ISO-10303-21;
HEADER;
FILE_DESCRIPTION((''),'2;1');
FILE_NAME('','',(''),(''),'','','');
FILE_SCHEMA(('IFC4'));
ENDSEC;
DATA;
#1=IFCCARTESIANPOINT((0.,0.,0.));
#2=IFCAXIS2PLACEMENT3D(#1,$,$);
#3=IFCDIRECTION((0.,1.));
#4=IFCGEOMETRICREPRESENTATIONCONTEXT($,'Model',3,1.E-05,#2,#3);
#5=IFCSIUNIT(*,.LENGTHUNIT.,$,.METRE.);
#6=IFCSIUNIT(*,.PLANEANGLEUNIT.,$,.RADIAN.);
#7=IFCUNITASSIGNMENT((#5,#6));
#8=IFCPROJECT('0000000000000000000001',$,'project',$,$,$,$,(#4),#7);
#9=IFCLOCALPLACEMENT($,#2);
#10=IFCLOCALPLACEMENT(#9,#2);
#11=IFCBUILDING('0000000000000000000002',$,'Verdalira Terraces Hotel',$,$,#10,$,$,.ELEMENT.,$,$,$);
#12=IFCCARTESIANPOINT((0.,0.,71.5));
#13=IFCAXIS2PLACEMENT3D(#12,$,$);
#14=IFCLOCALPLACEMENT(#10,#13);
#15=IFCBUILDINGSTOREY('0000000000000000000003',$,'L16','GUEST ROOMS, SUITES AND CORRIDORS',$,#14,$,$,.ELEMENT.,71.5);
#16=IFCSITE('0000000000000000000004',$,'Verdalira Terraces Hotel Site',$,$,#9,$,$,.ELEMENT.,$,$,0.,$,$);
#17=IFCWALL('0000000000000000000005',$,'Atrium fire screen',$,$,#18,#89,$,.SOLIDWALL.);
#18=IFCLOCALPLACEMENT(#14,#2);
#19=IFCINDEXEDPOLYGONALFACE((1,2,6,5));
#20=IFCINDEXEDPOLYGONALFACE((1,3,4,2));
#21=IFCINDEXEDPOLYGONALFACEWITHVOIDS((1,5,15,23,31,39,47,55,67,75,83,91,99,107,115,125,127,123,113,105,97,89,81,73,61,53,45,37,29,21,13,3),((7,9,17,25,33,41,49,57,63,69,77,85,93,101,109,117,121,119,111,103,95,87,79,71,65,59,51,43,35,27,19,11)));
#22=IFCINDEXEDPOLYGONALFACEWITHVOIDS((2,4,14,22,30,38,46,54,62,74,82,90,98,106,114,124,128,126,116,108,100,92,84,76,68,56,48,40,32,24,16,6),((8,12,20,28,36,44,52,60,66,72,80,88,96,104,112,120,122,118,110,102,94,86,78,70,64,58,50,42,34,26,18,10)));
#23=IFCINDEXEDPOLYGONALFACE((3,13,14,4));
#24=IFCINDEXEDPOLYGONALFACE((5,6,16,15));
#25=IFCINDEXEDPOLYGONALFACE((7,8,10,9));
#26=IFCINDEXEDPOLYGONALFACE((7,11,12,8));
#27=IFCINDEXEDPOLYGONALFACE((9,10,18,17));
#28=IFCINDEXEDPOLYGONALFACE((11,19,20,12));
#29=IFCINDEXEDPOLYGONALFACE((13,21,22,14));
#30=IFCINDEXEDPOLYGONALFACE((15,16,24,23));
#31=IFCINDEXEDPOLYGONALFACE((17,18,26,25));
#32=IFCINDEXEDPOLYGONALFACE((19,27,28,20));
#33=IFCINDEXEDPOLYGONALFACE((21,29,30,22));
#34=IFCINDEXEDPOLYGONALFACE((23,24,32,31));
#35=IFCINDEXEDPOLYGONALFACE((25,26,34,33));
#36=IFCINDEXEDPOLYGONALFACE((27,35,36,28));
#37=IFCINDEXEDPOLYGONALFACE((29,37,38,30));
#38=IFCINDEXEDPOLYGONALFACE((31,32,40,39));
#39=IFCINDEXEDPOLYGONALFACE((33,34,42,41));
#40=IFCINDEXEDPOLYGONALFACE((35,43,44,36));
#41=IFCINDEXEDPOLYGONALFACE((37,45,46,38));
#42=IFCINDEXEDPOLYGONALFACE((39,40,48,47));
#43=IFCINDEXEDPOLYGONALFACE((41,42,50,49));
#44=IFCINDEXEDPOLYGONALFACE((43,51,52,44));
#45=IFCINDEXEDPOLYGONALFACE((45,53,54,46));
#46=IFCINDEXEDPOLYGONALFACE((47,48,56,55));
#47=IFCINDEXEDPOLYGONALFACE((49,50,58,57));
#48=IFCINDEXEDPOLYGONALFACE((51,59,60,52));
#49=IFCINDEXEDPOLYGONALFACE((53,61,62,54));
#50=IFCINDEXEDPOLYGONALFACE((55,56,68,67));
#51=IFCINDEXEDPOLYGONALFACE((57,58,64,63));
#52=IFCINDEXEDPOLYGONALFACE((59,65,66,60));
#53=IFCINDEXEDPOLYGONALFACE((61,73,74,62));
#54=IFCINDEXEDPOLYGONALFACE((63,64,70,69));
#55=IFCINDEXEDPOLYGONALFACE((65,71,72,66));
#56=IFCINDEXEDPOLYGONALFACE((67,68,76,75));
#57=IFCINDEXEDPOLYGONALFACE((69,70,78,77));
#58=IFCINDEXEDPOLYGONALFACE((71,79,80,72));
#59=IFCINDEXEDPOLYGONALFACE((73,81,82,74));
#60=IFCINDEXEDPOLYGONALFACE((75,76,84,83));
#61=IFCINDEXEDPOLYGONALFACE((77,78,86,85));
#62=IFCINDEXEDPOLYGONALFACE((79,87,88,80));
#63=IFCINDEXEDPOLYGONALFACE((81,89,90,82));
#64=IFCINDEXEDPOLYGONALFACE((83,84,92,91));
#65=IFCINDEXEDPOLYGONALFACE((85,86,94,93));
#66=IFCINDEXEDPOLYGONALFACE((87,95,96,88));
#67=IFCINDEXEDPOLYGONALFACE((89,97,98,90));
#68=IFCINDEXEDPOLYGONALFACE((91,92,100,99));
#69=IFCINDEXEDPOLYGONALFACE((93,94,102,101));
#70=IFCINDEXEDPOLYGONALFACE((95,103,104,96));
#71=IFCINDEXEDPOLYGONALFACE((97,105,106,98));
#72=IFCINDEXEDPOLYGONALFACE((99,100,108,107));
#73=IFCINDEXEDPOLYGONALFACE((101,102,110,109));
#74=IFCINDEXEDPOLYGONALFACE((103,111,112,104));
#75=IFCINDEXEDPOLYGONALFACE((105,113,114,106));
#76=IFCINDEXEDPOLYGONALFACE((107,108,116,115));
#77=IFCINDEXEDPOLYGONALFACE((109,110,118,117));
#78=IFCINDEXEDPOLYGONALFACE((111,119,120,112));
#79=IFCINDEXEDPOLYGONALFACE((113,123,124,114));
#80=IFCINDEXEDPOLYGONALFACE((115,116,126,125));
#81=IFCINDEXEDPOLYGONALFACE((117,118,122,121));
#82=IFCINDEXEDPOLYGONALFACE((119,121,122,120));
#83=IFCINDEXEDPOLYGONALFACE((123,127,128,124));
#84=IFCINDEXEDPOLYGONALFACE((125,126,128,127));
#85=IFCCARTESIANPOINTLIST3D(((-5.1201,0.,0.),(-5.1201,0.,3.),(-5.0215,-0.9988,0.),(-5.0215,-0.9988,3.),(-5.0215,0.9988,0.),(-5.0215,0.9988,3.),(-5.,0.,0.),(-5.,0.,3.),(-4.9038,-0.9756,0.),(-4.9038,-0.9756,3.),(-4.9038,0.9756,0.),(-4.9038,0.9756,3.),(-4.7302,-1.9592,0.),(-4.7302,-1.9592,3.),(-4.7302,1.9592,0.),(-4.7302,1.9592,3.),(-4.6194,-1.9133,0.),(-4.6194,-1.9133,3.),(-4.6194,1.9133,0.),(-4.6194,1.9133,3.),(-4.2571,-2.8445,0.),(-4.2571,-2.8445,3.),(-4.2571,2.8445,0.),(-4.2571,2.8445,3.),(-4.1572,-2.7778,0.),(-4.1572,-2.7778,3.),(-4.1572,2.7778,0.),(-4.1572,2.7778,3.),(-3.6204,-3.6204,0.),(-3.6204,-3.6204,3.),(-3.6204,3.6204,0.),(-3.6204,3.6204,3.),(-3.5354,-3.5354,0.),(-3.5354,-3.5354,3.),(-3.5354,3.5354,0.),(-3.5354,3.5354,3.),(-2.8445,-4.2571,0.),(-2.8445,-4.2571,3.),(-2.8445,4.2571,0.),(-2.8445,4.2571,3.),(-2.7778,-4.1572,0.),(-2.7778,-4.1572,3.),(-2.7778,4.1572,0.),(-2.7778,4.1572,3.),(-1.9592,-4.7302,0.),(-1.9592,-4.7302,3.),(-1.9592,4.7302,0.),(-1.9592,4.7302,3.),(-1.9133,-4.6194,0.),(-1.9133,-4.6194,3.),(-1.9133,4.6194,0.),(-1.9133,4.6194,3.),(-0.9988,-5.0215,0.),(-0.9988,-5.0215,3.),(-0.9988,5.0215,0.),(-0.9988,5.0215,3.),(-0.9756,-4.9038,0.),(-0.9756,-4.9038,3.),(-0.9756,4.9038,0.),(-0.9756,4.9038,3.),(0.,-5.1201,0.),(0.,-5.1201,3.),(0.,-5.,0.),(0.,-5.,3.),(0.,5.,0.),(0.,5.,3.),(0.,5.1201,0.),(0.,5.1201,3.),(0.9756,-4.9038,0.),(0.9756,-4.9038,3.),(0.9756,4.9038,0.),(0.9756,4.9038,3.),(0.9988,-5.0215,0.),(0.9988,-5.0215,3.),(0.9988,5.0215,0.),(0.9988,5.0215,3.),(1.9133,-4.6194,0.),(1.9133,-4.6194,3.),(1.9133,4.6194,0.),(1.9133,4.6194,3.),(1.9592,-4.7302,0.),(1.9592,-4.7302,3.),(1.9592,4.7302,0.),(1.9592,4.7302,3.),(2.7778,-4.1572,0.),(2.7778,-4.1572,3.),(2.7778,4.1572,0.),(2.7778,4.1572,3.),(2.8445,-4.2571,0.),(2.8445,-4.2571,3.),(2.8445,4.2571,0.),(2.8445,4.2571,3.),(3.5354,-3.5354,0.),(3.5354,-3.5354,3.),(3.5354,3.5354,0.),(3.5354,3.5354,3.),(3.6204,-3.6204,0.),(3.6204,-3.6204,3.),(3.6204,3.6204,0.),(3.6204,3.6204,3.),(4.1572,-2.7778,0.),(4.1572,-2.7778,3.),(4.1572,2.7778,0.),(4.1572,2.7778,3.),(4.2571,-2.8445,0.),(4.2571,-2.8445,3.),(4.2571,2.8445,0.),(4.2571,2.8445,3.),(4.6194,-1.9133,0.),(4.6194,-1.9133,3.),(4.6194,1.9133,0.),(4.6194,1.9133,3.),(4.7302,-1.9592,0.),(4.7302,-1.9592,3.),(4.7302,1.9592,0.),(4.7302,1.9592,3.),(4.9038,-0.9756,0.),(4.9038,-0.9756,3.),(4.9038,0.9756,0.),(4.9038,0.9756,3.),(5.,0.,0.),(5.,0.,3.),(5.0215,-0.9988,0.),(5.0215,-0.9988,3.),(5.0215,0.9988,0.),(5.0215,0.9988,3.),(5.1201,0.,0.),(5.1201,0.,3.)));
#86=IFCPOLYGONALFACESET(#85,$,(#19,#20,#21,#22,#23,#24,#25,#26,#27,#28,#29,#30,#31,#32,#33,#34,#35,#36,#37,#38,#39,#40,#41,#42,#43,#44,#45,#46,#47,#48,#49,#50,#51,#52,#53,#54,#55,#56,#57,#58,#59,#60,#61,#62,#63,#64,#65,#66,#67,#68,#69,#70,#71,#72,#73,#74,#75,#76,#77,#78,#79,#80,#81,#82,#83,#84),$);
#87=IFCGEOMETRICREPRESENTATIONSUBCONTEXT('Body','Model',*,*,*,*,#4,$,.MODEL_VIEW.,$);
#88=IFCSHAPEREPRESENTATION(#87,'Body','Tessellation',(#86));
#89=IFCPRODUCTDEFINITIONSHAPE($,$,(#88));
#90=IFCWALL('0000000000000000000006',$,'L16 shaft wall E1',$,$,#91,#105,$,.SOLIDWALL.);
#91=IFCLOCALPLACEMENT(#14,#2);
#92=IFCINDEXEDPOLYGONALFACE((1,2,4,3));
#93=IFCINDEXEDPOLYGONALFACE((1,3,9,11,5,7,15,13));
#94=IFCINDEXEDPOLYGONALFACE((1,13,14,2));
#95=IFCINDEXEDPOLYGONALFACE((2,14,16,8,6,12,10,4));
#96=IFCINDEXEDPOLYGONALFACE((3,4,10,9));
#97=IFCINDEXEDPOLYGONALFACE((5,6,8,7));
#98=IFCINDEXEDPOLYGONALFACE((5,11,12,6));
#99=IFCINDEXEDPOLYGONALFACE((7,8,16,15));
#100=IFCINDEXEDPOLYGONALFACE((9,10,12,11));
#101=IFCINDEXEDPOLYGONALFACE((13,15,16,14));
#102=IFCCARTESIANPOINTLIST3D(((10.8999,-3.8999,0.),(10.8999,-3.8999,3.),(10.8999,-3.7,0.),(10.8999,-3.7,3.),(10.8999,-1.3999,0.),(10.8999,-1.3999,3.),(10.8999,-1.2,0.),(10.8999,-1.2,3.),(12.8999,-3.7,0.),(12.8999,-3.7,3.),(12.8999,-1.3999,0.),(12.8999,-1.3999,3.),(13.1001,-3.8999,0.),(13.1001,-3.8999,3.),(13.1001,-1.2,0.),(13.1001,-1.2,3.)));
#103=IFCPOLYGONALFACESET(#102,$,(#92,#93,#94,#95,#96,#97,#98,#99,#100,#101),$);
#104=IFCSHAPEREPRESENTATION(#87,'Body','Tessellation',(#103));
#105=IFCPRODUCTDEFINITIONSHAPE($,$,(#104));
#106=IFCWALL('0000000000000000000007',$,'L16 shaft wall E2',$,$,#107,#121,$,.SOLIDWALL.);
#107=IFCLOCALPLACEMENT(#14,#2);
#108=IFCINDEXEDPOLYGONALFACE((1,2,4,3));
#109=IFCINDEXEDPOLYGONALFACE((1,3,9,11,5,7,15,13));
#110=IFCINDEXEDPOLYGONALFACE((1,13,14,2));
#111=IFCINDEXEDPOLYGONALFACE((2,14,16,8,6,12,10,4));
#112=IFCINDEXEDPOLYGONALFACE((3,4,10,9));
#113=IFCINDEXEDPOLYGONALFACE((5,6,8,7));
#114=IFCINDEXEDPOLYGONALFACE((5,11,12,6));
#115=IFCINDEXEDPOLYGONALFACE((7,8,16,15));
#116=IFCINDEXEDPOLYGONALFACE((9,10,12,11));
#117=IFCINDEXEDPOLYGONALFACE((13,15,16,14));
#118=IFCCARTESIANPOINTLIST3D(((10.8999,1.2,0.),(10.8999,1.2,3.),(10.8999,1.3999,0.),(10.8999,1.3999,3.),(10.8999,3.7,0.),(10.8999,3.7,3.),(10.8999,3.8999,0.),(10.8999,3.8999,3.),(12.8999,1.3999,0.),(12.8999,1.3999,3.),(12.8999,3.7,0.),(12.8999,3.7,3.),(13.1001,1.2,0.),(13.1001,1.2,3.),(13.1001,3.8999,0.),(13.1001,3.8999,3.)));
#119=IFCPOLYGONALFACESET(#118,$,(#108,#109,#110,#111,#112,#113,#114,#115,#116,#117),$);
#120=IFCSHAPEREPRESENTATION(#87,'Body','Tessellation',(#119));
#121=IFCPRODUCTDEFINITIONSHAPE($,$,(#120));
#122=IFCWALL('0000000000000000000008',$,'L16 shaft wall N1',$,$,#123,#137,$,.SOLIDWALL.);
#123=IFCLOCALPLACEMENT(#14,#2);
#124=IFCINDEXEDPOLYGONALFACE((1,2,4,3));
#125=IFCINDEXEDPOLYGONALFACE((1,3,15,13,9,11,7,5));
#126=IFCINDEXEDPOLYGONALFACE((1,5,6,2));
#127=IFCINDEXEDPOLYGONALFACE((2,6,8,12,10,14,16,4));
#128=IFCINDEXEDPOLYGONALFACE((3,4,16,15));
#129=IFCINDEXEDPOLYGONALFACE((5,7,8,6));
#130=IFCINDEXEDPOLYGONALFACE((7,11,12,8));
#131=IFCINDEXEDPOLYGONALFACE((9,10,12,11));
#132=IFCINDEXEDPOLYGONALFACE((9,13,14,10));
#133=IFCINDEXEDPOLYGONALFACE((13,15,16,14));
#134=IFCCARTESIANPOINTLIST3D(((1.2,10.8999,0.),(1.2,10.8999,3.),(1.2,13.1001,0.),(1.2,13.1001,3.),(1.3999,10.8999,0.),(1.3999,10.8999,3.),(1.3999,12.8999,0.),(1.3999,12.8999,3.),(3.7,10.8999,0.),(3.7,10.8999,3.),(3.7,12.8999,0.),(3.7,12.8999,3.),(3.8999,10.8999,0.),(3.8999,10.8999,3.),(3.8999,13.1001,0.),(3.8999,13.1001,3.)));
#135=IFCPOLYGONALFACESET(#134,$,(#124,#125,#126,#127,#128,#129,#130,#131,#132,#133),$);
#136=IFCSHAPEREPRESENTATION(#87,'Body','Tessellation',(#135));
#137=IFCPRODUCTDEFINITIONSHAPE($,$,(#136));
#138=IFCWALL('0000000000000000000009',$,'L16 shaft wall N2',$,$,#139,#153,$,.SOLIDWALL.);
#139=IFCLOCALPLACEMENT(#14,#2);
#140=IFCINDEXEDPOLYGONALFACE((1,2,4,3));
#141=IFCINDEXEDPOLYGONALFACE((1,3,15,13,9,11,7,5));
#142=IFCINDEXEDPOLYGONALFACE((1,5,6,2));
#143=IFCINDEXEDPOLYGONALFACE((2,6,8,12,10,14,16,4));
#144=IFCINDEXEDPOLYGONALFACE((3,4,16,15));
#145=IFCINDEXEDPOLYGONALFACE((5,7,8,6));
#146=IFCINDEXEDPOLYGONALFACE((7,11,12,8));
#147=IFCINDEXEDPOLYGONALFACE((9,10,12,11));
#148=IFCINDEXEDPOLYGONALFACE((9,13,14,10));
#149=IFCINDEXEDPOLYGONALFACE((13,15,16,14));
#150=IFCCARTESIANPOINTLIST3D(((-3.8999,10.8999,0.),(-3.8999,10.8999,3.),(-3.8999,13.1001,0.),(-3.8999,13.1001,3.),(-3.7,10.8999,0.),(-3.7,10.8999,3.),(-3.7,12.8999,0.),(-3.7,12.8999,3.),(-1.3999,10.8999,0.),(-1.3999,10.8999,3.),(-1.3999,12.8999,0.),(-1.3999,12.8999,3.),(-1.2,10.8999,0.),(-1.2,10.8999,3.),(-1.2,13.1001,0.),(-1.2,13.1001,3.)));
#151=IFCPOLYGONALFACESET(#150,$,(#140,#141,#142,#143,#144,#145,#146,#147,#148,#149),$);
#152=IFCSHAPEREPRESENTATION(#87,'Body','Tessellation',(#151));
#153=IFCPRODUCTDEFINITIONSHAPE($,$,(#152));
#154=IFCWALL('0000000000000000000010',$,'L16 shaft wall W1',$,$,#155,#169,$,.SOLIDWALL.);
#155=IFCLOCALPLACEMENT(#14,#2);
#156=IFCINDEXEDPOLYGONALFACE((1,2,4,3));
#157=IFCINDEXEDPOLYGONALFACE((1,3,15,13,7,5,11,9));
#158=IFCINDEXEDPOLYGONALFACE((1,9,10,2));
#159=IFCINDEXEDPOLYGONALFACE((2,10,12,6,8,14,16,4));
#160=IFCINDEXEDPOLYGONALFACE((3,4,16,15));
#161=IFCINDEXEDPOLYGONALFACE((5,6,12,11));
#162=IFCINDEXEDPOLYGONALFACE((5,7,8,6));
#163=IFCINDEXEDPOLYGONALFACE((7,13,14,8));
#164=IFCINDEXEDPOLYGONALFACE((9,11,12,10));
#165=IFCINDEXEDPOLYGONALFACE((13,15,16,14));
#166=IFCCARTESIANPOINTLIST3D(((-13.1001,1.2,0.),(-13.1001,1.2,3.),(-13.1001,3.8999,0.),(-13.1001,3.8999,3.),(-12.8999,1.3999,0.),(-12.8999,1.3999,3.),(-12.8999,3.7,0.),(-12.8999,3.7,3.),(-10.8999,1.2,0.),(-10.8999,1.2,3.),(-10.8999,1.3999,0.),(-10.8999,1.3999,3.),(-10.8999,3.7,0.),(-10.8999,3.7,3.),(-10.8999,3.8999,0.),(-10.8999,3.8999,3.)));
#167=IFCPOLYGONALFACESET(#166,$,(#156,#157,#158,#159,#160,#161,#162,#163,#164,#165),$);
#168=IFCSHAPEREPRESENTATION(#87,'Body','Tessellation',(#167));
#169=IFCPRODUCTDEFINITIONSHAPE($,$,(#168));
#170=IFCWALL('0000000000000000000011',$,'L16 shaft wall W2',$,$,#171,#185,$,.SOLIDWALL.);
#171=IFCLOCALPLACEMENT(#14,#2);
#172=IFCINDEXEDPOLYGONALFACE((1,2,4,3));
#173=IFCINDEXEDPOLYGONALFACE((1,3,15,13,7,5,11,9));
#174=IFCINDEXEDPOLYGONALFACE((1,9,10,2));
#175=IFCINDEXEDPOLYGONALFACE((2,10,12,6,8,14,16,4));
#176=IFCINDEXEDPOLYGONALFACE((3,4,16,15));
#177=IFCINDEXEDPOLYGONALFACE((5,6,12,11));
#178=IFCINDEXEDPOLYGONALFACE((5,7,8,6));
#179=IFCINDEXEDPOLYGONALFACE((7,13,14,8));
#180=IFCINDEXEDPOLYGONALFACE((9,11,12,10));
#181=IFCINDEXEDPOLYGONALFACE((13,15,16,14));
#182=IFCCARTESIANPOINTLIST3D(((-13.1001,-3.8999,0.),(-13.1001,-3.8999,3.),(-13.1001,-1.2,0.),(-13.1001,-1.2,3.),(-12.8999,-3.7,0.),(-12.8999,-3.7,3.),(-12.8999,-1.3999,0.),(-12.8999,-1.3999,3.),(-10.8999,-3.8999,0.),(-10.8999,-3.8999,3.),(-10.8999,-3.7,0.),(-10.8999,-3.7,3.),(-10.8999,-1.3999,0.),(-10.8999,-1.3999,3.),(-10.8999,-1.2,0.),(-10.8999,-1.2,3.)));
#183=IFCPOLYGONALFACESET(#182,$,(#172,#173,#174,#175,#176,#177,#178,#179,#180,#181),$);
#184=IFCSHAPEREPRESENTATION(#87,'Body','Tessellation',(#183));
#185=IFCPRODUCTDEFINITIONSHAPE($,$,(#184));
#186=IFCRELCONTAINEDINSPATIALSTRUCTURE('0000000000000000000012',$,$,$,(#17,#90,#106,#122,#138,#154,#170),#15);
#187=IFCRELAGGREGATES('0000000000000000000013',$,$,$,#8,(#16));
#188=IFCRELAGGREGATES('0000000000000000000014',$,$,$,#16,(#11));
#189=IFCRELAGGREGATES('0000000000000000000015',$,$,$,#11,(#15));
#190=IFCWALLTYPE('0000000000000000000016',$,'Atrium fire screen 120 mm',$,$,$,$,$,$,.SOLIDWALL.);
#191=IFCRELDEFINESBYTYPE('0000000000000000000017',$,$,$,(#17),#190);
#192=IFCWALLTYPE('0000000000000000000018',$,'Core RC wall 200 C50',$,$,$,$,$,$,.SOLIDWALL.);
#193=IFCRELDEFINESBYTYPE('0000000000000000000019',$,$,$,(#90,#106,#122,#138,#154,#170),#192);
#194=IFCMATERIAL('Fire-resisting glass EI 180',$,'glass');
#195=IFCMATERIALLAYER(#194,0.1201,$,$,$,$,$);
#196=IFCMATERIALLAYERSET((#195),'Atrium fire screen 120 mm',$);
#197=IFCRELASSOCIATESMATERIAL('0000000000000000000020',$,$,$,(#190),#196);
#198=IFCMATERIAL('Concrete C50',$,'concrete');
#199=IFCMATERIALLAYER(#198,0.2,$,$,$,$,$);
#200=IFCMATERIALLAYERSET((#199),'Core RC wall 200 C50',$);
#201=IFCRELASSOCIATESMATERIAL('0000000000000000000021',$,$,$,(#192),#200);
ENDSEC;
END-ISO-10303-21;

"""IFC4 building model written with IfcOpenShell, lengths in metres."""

from ifc_helpers import new_model, si_unit, direction, frame, origin, place, context, subcontext, project, spatial, polyline, outline, extrude, material, layer, layer_set, type_object, element, save


model = new_model("IFC4")

# Units and contexts
model_context = context("Model", 3, precision=1e-05, world=origin(), true_north=direction((0.0, 1.0)))
body_context = subcontext(model_context, "Body", "Model", "MODEL_VIEW")
ifc_project = project(units=[si_unit("LENGTHUNIT", "METRE"), si_unit("PLANEANGLEUNIT", "RADIAN")], contexts=[model_context])

# Site, building, storey
site_placement = place(None, origin())
site = spatial("IfcSite", under=ifc_project, at=site_placement, Name="Verdalira Terraces Hotel Site", CompositionType="ELEMENT", RefElevation=0.0)
building_placement = place(site_placement, origin())
building = spatial("IfcBuilding", under=site, at=building_placement, Name="Verdalira Terraces Hotel", CompositionType="ELEMENT")
storey_placement = place(building_placement, frame((0.0, 0.0, 71.5)))
storey = spatial("IfcBuildingStorey", under=building, at=storey_placement, Name="L16", Description="GUEST ROOMS, SUITES AND CORRIDORS", CompositionType="ELEMENT", Elevation=71.5)

# Walls
ifc_material_1 = material(Name="Fire-resisting glass EI 180", Category="glass")
ifc_layer_1 = layer(ifc_material_1, 0.1201)
ifc_layer_set_1 = layer_set([ifc_layer_1], Name="Atrium fire screen 120 mm")
wall_type_1 = type_object("IfcWallType", Name="Atrium fire screen 120 mm", PredefinedType="SOLIDWALL", material=ifc_layer_set_1)
wall_1_placement = place(storey_placement, origin())
element("IfcWall", 1, at=wall_1_placement, inside=storey, type_object=wall_type_1, Name="Atrium fire screen", PredefinedType="SOLIDWALL", context=body_context, shape_type="SweptSolid", body=[
    extrude(outline(polyline([(5.0215, -0.9988), (4.7302, -1.9592), (4.2571, -2.8445), (3.6204, -3.6204), (2.8445, -4.2571), (1.9592, -4.7302), (0.9988, -5.0215), (0.0, -5.1201), (-0.9988, -5.0215), (-1.9592, -4.7302), (-2.8445, -4.2571), (-3.6204, -3.6204), (-4.2571, -2.8445), (-4.7302, -1.9592), (-5.0215, -0.9988), (-5.1201, 0.0), (-5.0215, 0.9988), (-4.7302, 1.9592), (-4.2571, 2.8445), (-3.6204, 3.6204), (-2.8445, 4.2571), (-1.9592, 4.7302), (-0.9988, 5.0215), (0.0, 5.1201), (0.9988, 5.0215), (1.9592, 4.7302), (2.8445, 4.2571), (3.6204, 3.6204), (4.2571, 2.8445), (4.7302, 1.9592), (5.0215, 0.9988), (5.1201, 0.0), (5.0215, -0.9988)]), holes=[polyline([(4.9038, 0.9756), (4.6194, 1.9133), (4.1572, 2.7778), (3.5354, 3.5354), (2.7778, 4.1572), (1.9133, 4.6194), (0.9756, 4.9038), (0.0, 5.0), (-0.9756, 4.9038), (-1.9133, 4.6194), (-2.7778, 4.1572), (-3.5354, 3.5354), (-4.1572, 2.7778), (-4.6194, 1.9133), (-4.9038, 0.9756), (-5.0, 0.0), (-4.9038, -0.9756), (-4.6194, -1.9133), (-4.1572, -2.7778), (-3.5354, -3.5354), (-2.7778, -4.1572), (-1.9133, -4.6194), (-0.9756, -4.9038), (0.0, -5.0), (0.9756, -4.9038), (1.9133, -4.6194), (2.7778, -4.1572), (3.5354, -3.5354), (4.1572, -2.7778), (4.6194, -1.9133), (4.9038, -0.9756), (5.0, 0.0), (4.9038, 0.9756)])]), origin(), (0.0, 0.0, 1.0), 3.0),
])
ifc_material_2 = material(Name="Concrete C50", Category="concrete")
ifc_layer_2 = layer(ifc_material_2, 0.2)
ifc_layer_set_2 = layer_set([ifc_layer_2], Name="Core RC wall 200 C50")
wall_type_2 = type_object("IfcWallType", Name="Core RC wall 200 C50", PredefinedType="SOLIDWALL", material=ifc_layer_set_2)
wall_2_placement = place(storey_placement, origin())
element("IfcWall", 2, at=wall_2_placement, inside=storey, type_object=wall_type_2, Name="L16 shaft wall E1", PredefinedType="SOLIDWALL", context=body_context, shape_type="SweptSolid", body=[
    extrude(outline(polyline([(13.1001, -3.8999), (10.8999, -3.8999), (10.8999, -3.7), (12.8999, -3.7), (12.8999, -1.3999), (10.8999, -1.3999), (10.8999, -1.2), (13.1001, -1.2), (13.1001, -3.8999)])), origin(), (0.0, 0.0, 1.0), 3.0),
])
wall_3_placement = place(storey_placement, origin())
element("IfcWall", 3, at=wall_3_placement, inside=storey, type_object=wall_type_2, Name="L16 shaft wall E2", PredefinedType="SOLIDWALL", context=body_context, shape_type="SweptSolid", body=[
    extrude(outline(polyline([(13.1001, 3.8999), (13.1001, 1.2), (10.8999, 1.2), (10.8999, 1.3999), (12.8999, 1.3999), (12.8999, 3.7), (10.8999, 3.7), (10.8999, 3.8999), (13.1001, 3.8999)])), origin(), (0.0, 0.0, 1.0), 3.0),
])
wall_4_placement = place(storey_placement, origin())
element("IfcWall", 4, at=wall_4_placement, inside=storey, type_object=wall_type_2, Name="L16 shaft wall N1", PredefinedType="SOLIDWALL", context=body_context, shape_type="SweptSolid", body=[
    extrude(outline(polyline([(3.8999, 13.1001), (3.8999, 10.8999), (3.7, 10.8999), (3.7, 12.8999), (1.3999, 12.8999), (1.3999, 10.8999), (1.2, 10.8999), (1.2, 13.1001), (3.8999, 13.1001)])), origin(), (0.0, 0.0, 1.0), 3.0),
])
wall_5_placement = place(storey_placement, origin())
element("IfcWall", 5, at=wall_5_placement, inside=storey, type_object=wall_type_2, Name="L16 shaft wall N2", PredefinedType="SOLIDWALL", context=body_context, shape_type="SweptSolid", body=[
    extrude(outline(polyline([(-3.8999, 10.8999), (-3.8999, 13.1001), (-1.2, 13.1001), (-1.2, 10.8999), (-1.3999, 10.8999), (-1.3999, 12.8999), (-3.7, 12.8999), (-3.7, 10.8999), (-3.8999, 10.8999)])), origin(), (0.0, 0.0, 1.0), 3.0),
])
wall_6_placement = place(storey_placement, origin())
element("IfcWall", 6, at=wall_6_placement, inside=storey, type_object=wall_type_2, Name="L16 shaft wall W1", PredefinedType="SOLIDWALL", context=body_context, shape_type="SweptSolid", body=[
    extrude(outline(polyline([(-13.1001, 3.8999), (-10.8999, 3.8999), (-10.8999, 3.7), (-12.8999, 3.7), (-12.8999, 1.3999), (-10.8999, 1.3999), (-10.8999, 1.2), (-13.1001, 1.2), (-13.1001, 3.8999)])), origin(), (0.0, 0.0, 1.0), 3.0),
])
wall_7_placement = place(storey_placement, origin())
element("IfcWall", 7, at=wall_7_placement, inside=storey, type_object=wall_type_2, Name="L16 shaft wall W2", PredefinedType="SOLIDWALL", context=body_context, shape_type="SweptSolid", body=[
    extrude(outline(polyline([(-13.1001, -3.8999), (-13.1001, -1.2), (-10.8999, -1.2), (-10.8999, -1.3999), (-12.8999, -1.3999), (-12.8999, -3.7), (-10.8999, -3.7), (-10.8999, -3.8999), (-13.1001, -3.8999)])), origin(), (0.0, 0.0, 1.0), 3.0),
])

save(model, "model.ifc")
